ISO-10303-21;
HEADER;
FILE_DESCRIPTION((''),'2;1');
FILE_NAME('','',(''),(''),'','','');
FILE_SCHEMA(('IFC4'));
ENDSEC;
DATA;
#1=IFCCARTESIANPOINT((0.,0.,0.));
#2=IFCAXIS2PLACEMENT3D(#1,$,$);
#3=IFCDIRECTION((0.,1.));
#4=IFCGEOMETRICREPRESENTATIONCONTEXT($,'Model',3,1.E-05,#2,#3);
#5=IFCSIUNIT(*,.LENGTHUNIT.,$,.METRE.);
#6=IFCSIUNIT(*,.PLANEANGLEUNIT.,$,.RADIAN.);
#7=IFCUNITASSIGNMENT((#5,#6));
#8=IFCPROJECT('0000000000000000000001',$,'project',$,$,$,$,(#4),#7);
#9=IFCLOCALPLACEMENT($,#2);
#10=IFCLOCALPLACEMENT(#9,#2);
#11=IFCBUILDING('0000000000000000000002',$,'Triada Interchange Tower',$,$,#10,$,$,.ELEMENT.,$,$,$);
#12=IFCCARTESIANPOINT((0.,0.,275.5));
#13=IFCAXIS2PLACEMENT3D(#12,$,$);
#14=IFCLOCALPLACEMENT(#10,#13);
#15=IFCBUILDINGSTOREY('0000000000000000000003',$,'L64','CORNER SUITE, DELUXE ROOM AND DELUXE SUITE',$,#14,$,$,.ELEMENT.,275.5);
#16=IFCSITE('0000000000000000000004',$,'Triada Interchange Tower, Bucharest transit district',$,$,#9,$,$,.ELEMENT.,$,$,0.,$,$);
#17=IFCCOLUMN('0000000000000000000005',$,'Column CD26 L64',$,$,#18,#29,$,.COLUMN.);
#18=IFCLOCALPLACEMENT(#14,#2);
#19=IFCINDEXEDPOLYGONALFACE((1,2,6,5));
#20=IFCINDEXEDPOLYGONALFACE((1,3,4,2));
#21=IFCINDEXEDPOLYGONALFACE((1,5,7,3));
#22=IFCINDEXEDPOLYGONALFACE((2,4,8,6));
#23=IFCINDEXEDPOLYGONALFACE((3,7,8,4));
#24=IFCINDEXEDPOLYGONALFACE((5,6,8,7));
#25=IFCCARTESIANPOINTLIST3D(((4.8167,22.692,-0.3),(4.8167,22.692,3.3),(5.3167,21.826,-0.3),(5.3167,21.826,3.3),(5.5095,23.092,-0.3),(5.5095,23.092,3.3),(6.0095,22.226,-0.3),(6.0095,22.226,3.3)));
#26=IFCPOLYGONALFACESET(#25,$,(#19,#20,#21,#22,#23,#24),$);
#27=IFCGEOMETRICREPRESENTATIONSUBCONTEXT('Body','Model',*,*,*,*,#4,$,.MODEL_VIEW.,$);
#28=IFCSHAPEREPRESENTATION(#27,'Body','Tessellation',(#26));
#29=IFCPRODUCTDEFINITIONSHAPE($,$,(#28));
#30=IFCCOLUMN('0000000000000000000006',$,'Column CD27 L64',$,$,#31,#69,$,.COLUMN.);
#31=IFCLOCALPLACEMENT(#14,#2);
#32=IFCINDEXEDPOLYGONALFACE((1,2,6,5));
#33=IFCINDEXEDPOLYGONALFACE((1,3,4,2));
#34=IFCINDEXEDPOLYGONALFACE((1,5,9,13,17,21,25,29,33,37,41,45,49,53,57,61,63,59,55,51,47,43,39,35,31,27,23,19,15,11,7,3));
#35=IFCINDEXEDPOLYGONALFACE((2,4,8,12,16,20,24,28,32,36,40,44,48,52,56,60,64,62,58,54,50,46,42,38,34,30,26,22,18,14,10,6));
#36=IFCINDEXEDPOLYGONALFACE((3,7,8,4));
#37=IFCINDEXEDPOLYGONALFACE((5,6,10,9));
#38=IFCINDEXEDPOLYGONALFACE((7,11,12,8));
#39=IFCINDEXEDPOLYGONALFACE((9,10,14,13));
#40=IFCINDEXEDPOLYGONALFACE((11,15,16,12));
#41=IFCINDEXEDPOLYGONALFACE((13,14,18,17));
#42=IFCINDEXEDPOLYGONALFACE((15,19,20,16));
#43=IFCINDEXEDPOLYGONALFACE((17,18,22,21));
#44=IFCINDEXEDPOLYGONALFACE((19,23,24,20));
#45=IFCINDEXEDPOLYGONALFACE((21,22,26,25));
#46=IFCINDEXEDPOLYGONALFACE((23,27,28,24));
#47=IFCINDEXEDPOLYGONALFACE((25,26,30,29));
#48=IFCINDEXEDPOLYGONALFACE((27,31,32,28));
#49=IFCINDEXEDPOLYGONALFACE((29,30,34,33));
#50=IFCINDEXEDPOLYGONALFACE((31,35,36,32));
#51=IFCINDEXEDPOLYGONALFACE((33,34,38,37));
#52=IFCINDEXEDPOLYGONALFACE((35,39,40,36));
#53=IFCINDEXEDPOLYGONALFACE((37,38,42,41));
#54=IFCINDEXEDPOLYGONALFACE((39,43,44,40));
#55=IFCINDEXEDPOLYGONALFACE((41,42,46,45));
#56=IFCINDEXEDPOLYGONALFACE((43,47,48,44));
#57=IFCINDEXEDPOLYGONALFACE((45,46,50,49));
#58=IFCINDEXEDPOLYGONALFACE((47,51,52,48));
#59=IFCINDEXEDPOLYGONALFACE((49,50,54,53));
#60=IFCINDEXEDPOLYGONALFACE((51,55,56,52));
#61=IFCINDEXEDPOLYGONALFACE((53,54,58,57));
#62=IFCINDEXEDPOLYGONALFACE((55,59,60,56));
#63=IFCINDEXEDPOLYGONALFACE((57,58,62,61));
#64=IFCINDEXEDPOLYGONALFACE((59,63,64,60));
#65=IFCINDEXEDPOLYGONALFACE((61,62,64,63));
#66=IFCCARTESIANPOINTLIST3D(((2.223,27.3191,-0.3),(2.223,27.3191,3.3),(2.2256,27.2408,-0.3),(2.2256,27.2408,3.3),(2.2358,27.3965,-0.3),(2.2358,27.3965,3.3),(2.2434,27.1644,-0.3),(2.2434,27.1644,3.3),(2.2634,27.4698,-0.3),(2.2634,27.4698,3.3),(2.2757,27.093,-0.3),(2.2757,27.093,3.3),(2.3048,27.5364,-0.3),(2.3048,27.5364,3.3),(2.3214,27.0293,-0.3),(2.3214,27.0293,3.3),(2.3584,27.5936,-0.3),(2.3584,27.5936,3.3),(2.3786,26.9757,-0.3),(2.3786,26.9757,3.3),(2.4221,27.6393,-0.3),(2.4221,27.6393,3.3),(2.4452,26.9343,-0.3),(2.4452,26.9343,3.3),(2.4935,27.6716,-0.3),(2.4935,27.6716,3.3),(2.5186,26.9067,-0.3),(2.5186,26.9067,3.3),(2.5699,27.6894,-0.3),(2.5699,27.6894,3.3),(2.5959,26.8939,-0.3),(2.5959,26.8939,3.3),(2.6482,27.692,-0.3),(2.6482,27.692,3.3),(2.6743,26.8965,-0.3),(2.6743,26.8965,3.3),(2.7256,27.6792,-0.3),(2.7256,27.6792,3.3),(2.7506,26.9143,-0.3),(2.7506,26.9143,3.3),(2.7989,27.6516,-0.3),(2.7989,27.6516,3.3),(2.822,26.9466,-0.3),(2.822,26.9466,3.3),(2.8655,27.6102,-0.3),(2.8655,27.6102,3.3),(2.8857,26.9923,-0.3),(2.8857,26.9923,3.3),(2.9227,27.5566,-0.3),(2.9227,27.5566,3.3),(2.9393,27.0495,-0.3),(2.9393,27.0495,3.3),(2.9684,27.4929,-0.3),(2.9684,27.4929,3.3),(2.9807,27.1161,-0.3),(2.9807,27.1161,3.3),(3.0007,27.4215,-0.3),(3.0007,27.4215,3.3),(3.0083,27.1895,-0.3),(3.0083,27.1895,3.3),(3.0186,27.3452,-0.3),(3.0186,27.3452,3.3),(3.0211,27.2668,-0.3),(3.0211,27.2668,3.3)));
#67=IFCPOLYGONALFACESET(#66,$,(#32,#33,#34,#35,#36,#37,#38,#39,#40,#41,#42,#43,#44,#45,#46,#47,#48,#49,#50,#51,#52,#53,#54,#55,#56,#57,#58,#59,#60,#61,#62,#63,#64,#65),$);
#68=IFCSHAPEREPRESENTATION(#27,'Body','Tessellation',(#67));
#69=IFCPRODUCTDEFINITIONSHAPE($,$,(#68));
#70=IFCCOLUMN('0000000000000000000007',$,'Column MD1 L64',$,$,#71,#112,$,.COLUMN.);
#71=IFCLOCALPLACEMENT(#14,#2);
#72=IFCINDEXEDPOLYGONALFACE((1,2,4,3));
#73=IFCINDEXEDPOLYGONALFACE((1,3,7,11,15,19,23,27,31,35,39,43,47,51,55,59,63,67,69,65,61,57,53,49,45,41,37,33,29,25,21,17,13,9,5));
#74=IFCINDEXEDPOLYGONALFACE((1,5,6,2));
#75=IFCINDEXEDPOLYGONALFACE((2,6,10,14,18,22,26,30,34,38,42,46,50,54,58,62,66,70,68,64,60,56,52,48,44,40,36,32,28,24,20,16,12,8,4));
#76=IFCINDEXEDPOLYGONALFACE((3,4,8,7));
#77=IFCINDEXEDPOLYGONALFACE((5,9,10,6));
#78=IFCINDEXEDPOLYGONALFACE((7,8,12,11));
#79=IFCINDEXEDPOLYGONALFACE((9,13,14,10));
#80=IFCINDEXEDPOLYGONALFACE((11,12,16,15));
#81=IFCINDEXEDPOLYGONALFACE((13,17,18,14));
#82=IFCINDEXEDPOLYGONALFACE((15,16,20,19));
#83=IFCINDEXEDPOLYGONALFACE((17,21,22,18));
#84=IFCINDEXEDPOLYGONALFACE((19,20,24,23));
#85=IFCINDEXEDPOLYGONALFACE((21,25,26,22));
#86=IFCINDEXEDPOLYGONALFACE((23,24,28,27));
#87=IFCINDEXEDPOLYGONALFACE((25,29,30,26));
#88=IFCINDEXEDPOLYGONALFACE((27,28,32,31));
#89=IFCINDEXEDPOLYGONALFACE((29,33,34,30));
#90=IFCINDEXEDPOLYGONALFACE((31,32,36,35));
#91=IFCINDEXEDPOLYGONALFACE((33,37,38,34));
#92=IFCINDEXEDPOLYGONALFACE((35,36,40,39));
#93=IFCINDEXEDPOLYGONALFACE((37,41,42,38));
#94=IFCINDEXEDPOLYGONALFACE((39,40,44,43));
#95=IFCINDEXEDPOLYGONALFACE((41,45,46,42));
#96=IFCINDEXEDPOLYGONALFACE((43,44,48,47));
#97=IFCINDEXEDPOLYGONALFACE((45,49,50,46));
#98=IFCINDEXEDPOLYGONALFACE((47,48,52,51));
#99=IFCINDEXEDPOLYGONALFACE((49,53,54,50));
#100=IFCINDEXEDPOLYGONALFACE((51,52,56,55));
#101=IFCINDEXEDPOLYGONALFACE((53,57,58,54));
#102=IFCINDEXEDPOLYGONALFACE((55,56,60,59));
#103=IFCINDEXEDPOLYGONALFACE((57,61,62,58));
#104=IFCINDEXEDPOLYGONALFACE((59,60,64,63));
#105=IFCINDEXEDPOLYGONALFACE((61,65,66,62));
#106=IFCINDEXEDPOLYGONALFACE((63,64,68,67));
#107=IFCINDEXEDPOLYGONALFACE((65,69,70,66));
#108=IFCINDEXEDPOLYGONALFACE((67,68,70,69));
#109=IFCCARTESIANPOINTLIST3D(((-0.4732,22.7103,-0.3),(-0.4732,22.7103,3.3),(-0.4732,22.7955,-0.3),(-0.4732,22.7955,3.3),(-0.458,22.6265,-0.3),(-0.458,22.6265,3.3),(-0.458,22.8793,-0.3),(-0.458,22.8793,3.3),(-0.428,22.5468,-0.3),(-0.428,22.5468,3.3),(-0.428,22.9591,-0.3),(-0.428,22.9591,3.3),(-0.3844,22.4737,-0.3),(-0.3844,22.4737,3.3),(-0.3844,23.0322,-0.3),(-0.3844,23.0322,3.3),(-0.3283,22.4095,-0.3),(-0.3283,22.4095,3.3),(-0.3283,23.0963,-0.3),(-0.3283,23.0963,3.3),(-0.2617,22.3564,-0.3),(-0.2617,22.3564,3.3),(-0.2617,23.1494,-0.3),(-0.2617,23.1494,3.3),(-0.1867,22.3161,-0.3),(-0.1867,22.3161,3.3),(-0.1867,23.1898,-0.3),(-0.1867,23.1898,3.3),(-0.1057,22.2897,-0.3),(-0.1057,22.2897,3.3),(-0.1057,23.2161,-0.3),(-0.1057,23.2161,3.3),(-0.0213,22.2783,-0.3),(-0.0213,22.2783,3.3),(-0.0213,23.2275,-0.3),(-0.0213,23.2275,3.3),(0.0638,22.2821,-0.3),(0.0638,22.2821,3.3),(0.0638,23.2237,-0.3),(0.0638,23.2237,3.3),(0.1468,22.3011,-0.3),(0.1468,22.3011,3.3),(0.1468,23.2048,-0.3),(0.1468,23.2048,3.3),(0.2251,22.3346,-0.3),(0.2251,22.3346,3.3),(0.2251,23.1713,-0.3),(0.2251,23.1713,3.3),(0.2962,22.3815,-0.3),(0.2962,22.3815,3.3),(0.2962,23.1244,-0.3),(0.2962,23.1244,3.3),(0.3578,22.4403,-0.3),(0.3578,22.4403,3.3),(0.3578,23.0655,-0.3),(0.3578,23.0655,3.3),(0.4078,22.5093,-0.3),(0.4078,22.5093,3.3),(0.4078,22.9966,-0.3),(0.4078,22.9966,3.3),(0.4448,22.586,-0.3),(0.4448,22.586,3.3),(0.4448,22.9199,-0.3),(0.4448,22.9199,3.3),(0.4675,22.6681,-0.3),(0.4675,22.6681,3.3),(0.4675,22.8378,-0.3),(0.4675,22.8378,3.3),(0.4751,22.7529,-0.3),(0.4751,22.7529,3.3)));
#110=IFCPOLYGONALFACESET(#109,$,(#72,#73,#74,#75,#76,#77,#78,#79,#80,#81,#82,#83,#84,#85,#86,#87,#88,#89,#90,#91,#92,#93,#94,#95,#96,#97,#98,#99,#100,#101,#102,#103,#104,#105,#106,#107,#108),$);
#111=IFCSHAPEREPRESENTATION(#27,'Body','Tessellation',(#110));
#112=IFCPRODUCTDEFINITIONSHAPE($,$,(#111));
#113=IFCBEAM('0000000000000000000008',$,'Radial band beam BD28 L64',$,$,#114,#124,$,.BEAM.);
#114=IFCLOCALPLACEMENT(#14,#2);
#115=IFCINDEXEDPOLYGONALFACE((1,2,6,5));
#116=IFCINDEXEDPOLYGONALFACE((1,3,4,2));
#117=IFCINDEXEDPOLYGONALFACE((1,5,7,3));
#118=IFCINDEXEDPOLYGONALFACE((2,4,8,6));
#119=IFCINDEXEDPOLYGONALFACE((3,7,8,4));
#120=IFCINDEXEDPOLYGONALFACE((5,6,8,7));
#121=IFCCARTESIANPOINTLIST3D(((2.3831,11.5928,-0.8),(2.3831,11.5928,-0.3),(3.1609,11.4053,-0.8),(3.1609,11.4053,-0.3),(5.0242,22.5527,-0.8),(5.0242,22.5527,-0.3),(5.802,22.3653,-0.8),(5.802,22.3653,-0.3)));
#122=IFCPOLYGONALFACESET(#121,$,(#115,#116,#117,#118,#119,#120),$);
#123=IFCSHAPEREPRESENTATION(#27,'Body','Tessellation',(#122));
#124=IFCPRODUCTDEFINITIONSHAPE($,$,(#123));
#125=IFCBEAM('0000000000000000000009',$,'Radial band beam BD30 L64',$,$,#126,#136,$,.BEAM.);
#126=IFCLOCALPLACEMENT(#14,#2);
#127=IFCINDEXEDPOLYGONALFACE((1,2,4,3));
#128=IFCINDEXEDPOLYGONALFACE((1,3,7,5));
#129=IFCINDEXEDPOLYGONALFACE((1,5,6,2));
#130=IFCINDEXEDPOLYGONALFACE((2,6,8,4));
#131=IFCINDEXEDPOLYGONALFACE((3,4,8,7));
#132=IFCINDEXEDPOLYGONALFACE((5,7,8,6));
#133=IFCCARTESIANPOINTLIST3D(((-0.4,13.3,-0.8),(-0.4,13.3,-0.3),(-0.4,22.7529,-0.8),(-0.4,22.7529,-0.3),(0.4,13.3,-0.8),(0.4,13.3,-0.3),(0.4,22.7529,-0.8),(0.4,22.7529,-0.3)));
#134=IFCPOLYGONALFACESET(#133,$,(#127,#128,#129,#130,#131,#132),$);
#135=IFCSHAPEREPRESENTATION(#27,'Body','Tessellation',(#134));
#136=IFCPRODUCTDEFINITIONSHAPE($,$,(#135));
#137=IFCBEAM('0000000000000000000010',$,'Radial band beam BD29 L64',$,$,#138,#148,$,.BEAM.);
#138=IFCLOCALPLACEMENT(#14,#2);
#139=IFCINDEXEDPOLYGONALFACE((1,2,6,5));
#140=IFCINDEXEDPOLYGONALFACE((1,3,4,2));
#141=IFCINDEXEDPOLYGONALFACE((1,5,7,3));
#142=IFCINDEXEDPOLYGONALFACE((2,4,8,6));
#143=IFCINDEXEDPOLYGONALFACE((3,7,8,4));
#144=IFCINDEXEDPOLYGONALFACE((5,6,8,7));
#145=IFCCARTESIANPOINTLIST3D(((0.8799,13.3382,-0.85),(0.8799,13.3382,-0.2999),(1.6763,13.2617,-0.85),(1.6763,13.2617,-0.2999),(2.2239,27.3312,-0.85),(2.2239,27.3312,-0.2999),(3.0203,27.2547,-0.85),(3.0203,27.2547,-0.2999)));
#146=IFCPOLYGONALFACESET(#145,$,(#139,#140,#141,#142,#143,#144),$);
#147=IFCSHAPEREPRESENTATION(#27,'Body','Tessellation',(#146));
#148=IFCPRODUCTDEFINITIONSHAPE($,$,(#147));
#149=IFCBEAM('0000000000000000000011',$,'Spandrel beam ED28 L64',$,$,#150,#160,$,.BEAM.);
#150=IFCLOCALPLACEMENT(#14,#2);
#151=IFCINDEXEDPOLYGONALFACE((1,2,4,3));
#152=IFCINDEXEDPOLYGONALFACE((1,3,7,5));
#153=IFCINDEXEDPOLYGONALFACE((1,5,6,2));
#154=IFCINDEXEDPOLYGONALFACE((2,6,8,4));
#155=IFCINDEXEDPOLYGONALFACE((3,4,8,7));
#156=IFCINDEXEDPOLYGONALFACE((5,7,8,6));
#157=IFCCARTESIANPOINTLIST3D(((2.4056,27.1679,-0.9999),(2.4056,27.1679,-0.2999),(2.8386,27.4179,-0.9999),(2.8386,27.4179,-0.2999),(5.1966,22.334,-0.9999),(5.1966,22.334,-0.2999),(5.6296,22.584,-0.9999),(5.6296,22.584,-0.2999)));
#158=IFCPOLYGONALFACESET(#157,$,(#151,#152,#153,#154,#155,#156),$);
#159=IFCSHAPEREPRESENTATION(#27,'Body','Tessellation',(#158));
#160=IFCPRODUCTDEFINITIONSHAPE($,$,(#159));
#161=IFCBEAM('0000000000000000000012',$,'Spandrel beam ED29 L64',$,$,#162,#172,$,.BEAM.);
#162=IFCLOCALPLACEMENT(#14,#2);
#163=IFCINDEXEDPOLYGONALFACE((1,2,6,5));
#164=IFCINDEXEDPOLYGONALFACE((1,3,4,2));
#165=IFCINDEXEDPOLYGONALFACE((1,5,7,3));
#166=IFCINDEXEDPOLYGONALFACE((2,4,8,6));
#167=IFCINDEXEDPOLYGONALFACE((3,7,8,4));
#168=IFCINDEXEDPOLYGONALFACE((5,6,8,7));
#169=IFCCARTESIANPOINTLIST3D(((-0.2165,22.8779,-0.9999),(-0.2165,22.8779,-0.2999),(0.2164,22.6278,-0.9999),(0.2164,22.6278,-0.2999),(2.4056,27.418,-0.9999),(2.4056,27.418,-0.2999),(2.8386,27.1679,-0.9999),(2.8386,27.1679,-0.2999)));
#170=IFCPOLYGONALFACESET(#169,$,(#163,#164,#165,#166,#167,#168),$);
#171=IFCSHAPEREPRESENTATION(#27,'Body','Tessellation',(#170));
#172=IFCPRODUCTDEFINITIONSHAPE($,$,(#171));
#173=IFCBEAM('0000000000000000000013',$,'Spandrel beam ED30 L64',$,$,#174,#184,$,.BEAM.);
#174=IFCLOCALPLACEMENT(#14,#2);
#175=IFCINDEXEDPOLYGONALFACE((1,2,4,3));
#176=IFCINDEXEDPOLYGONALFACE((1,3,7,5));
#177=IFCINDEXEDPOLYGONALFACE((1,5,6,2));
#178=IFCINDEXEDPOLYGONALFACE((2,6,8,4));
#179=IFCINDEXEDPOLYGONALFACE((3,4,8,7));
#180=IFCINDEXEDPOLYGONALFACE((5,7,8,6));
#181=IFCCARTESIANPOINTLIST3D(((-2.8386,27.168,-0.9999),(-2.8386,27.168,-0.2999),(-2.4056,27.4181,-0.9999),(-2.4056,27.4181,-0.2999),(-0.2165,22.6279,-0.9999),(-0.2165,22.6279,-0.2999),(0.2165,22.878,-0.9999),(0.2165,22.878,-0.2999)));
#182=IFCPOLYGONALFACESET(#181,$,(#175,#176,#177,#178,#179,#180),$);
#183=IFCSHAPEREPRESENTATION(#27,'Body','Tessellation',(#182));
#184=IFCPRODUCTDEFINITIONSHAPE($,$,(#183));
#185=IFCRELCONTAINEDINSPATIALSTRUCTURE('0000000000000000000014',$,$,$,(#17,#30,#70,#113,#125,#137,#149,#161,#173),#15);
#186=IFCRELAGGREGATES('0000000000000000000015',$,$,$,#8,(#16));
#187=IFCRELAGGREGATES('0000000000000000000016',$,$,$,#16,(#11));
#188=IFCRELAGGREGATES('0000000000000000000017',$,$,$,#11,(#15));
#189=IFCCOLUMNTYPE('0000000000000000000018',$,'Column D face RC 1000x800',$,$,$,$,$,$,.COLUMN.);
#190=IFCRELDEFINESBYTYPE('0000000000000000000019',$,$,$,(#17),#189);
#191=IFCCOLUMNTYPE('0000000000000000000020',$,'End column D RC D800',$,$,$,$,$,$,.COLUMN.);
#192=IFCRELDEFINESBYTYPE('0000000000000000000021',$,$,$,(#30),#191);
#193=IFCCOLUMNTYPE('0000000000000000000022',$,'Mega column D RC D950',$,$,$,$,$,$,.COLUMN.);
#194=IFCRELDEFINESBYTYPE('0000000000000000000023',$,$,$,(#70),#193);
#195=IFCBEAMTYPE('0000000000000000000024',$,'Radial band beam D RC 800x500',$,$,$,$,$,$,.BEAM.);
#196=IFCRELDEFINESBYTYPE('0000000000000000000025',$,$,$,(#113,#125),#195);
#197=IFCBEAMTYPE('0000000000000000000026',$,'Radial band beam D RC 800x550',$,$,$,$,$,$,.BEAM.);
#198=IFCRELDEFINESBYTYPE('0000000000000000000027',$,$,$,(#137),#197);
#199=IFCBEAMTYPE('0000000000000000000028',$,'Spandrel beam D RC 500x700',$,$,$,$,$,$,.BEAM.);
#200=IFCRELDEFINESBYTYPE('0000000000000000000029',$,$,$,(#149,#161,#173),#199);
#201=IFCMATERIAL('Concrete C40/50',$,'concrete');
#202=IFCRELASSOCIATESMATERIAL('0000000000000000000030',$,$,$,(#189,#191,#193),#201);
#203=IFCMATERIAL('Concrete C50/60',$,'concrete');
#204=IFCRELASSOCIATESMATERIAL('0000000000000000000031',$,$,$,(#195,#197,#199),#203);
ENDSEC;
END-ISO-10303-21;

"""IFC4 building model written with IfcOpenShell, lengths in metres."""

from ifc_helpers import new_model, si_unit, direction, frame, origin, origin_2d, place, context, subcontext, project, spatial, rectangle, circle, extrude, material, material_profile, profile_set, type_object, element, save


model = new_model("IFC4")

# Units and contexts
model_context = context("Model", 3, precision=1e-05, world=origin(), true_north=direction((0.0, 1.0)))
body_context = subcontext(model_context, "Body", "Model", "MODEL_VIEW")
ifc_project = project(units=[si_unit("LENGTHUNIT", "METRE"), si_unit("PLANEANGLEUNIT", "RADIAN")], contexts=[model_context])

# Site, building, storey
site_placement = place(None, origin())
site = spatial("IfcSite", under=ifc_project, at=site_placement, Name="Triada Interchange Tower, Bucharest transit district", CompositionType="ELEMENT", RefElevation=0.0)
building_placement = place(site_placement, origin())
building = spatial("IfcBuilding", under=site, at=building_placement, Name="Triada Interchange Tower", CompositionType="ELEMENT")
storey_placement = place(building_placement, frame((0.0, 0.0, 275.5)))
storey = spatial("IfcBuildingStorey", under=building, at=storey_placement, Name="L64", Description="CORNER SUITE, DELUXE ROOM AND DELUXE SUITE", CompositionType="ELEMENT", Elevation=275.5)

# Columns
ifc_material_1 = material(Name="Concrete C40/50", Category="concrete")
ifc_material_profile_1 = material_profile(ifc_material_1, rectangle(XDim=1.0, YDim=0.8, at=origin_2d()), Name="RC 1000x800")
ifc_profile_set_1 = profile_set([ifc_material_profile_1], Name="Concrete C40/50")
column_type_1 = type_object("IfcColumnType", Name="Column D face RC 1000x800", PredefinedType="COLUMN", material=ifc_profile_set_1)
column_1_placement = place(storey_placement, frame((5.4131, 22.459, -0.3), z_axis=(0.0, 0.0, 1.0), x_axis=(-0.5, 0.866025, 0.0)))
element("IfcColumn", 1, at=column_1_placement, inside=storey, type_object=column_type_1, Name="Column CD26 L64", PredefinedType="COLUMN", context=body_context, shape_type="SweptSolid", body=[
    extrude(rectangle(XDim=1.0, YDim=0.8, at=origin_2d()), origin(), (0.0, 0.0, 1.0), 3.6001),
])
ifc_material_profile_2 = material_profile(ifc_material_1, circle(Radius=0.3999, at=origin_2d()), Name="RC D800")
ifc_profile_set_2 = profile_set([ifc_material_profile_2], Name="Concrete C40/50")
column_type_2 = type_object("IfcColumnType", Name="End column D RC D800", PredefinedType="COLUMN", material=ifc_profile_set_2)
column_2_placement = place(storey_placement, frame((2.6221, 27.293, -0.3), z_axis=(0.0, 0.0, 1.0), x_axis=(-0.5, 0.866025, 0.0)))
element("IfcColumn", 2, at=column_2_placement, inside=storey, type_object=column_type_2, Name="Column CD27 L64", PredefinedType="COLUMN", context=body_context, shape_type="SweptSolid", body=[
    extrude(circle(Radius=0.3999, at=origin_2d()), origin(), (0.0, 0.0, 1.0), 3.6001),
])
ifc_material_profile_3 = material_profile(ifc_material_1, circle(Radius=0.4751, at=origin_2d()), Name="RC D950")
ifc_profile_set_3 = profile_set([ifc_material_profile_3], Name="Concrete C40/50")
column_type_3 = type_object("IfcColumnType", Name="Mega column D RC D950", PredefinedType="COLUMN", material=ifc_profile_set_3)
column_3_placement = place(storey_placement, frame((0.0, 22.7529, -0.3), z_axis=(0.0, 0.0, 1.0), x_axis=(1.0, 0.0, 0.0)))
element("IfcColumn", 3, at=column_3_placement, inside=storey, type_object=column_type_3, Name="Column MD1 L64", PredefinedType="COLUMN", context=body_context, shape_type="SweptSolid", body=[
    extrude(circle(Radius=0.4751, at=origin_2d()), origin(), (0.0, 0.0, 1.0), 3.6001),
])

# Beams
ifc_material_2 = material(Name="Concrete C50/60", Category="concrete")
ifc_material_profile_4 = material_profile(ifc_material_2, rectangle(XDim=0.8, YDim=0.5, at=origin_2d()), Name="RC 800x500")
ifc_profile_set_4 = profile_set([ifc_material_profile_4], Name="Concrete C50/60")
beam_type_1 = type_object("IfcBeamType", Name="Radial band beam D RC 800x500", PredefinedType="BEAM", material=ifc_profile_set_4)
beam_1_placement = place(storey_placement, frame((5.4131, 22.459, -0.55), z_axis=(-0.234272, -0.972171, 0.0), x_axis=(0.972171, -0.234272, 0.0)))
element("IfcBeam", 4, at=beam_1_placement, inside=storey, type_object=beam_type_1, Name="Radial band beam BD28 L64", PredefinedType="BEAM", context=body_context, shape_type="SweptSolid", body=[
    extrude(rectangle(XDim=0.8, YDim=0.5, at=origin_2d()), origin(), (0.0, 0.0, 1.0), 11.2737),
])
beam_2_placement = place(storey_placement, frame((0.0, 22.7529, -0.55), z_axis=(0.0, -1.0, 0.0), x_axis=(1.0, 0.0, 0.0)))
element("IfcBeam", 5, at=beam_2_placement, inside=storey, type_object=beam_type_1, Name="Radial band beam BD30 L64", PredefinedType="BEAM", context=body_context, shape_type="SweptSolid", body=[
    extrude(rectangle(XDim=0.8, YDim=0.5, at=origin_2d()), origin(), (0.0, 0.0, 1.0), 9.4529),
])
ifc_material_profile_5 = material_profile(ifc_material_2, rectangle(XDim=0.8, YDim=0.55, at=origin_2d()), Name="RC 800x550")
ifc_profile_set_5 = profile_set([ifc_material_profile_5], Name="Concrete C50/60")
beam_type_2 = type_object("IfcBeamType", Name="Radial band beam D RC 800x550", PredefinedType="BEAM", material=ifc_profile_set_5)
beam_3_placement = place(storey_placement, frame((2.6221, 27.293, -0.575), z_axis=(-0.095608, -0.995419, 0.0), x_axis=(0.995419, -0.095608, 0.0)))
element("IfcBeam", 6, at=beam_3_placement, inside=storey, type_object=beam_type_2, Name="Radial band beam BD29 L64", PredefinedType="BEAM", context=body_context, shape_type="SweptSolid", body=[
    extrude(rectangle(XDim=0.8, YDim=0.55, at=origin_2d()), origin(), (0.0, 0.0, 1.0), 14.0574),
])
ifc_material_profile_6 = material_profile(ifc_material_2, rectangle(XDim=0.5, YDim=0.7, at=origin_2d()), Name="RC 500x700")
ifc_profile_set_6 = profile_set([ifc_material_profile_6], Name="Concrete C50/60")
beam_type_3 = type_object("IfcBeamType", Name="Spandrel beam D RC 500x700", PredefinedType="BEAM", material=ifc_profile_set_6)
beam_4_placement = place(storey_placement, frame((5.4131, 22.459, -0.6499), z_axis=(-0.500015, 0.866017, 0.0), x_axis=(-0.866017, -0.500015, 0.0)))
element("IfcBeam", 7, at=beam_4_placement, inside=storey, type_object=beam_type_3, Name="Spandrel beam ED28 L64", PredefinedType="BEAM", context=body_context, shape_type="SweptSolid", body=[
    extrude(rectangle(XDim=0.5, YDim=0.7, at=origin_2d()), origin(), (0.0, 0.0, 1.0), 5.5818),
])
for number, where, z_axis, x_axis, name in (
    (8, (2.6221, 27.293, -0.6499), (-0.500126, -0.865953, 0.0), (0.865953, -0.500126, 0.0), "Spandrel beam ED29 L64"),
    (9, (0.0, 22.7529, -0.6499), (-0.500126, 0.865953, 0.0), (-0.865953, -0.500126, 0.0), "Spandrel beam ED30 L64"),
):
    element("IfcBeam", number, at=place(storey_placement, frame(where, z_axis=z_axis, x_axis=x_axis)), inside=storey, type_object=beam_type_3, Name=name, PredefinedType="BEAM", context=body_context, shape_type="SweptSolid", body=[
        extrude(rectangle(XDim=0.5, YDim=0.7, at=origin_2d()), origin(), (0.0, 0.0, 1.0), 5.2429),
    ])

save(model, "model.ifc")
